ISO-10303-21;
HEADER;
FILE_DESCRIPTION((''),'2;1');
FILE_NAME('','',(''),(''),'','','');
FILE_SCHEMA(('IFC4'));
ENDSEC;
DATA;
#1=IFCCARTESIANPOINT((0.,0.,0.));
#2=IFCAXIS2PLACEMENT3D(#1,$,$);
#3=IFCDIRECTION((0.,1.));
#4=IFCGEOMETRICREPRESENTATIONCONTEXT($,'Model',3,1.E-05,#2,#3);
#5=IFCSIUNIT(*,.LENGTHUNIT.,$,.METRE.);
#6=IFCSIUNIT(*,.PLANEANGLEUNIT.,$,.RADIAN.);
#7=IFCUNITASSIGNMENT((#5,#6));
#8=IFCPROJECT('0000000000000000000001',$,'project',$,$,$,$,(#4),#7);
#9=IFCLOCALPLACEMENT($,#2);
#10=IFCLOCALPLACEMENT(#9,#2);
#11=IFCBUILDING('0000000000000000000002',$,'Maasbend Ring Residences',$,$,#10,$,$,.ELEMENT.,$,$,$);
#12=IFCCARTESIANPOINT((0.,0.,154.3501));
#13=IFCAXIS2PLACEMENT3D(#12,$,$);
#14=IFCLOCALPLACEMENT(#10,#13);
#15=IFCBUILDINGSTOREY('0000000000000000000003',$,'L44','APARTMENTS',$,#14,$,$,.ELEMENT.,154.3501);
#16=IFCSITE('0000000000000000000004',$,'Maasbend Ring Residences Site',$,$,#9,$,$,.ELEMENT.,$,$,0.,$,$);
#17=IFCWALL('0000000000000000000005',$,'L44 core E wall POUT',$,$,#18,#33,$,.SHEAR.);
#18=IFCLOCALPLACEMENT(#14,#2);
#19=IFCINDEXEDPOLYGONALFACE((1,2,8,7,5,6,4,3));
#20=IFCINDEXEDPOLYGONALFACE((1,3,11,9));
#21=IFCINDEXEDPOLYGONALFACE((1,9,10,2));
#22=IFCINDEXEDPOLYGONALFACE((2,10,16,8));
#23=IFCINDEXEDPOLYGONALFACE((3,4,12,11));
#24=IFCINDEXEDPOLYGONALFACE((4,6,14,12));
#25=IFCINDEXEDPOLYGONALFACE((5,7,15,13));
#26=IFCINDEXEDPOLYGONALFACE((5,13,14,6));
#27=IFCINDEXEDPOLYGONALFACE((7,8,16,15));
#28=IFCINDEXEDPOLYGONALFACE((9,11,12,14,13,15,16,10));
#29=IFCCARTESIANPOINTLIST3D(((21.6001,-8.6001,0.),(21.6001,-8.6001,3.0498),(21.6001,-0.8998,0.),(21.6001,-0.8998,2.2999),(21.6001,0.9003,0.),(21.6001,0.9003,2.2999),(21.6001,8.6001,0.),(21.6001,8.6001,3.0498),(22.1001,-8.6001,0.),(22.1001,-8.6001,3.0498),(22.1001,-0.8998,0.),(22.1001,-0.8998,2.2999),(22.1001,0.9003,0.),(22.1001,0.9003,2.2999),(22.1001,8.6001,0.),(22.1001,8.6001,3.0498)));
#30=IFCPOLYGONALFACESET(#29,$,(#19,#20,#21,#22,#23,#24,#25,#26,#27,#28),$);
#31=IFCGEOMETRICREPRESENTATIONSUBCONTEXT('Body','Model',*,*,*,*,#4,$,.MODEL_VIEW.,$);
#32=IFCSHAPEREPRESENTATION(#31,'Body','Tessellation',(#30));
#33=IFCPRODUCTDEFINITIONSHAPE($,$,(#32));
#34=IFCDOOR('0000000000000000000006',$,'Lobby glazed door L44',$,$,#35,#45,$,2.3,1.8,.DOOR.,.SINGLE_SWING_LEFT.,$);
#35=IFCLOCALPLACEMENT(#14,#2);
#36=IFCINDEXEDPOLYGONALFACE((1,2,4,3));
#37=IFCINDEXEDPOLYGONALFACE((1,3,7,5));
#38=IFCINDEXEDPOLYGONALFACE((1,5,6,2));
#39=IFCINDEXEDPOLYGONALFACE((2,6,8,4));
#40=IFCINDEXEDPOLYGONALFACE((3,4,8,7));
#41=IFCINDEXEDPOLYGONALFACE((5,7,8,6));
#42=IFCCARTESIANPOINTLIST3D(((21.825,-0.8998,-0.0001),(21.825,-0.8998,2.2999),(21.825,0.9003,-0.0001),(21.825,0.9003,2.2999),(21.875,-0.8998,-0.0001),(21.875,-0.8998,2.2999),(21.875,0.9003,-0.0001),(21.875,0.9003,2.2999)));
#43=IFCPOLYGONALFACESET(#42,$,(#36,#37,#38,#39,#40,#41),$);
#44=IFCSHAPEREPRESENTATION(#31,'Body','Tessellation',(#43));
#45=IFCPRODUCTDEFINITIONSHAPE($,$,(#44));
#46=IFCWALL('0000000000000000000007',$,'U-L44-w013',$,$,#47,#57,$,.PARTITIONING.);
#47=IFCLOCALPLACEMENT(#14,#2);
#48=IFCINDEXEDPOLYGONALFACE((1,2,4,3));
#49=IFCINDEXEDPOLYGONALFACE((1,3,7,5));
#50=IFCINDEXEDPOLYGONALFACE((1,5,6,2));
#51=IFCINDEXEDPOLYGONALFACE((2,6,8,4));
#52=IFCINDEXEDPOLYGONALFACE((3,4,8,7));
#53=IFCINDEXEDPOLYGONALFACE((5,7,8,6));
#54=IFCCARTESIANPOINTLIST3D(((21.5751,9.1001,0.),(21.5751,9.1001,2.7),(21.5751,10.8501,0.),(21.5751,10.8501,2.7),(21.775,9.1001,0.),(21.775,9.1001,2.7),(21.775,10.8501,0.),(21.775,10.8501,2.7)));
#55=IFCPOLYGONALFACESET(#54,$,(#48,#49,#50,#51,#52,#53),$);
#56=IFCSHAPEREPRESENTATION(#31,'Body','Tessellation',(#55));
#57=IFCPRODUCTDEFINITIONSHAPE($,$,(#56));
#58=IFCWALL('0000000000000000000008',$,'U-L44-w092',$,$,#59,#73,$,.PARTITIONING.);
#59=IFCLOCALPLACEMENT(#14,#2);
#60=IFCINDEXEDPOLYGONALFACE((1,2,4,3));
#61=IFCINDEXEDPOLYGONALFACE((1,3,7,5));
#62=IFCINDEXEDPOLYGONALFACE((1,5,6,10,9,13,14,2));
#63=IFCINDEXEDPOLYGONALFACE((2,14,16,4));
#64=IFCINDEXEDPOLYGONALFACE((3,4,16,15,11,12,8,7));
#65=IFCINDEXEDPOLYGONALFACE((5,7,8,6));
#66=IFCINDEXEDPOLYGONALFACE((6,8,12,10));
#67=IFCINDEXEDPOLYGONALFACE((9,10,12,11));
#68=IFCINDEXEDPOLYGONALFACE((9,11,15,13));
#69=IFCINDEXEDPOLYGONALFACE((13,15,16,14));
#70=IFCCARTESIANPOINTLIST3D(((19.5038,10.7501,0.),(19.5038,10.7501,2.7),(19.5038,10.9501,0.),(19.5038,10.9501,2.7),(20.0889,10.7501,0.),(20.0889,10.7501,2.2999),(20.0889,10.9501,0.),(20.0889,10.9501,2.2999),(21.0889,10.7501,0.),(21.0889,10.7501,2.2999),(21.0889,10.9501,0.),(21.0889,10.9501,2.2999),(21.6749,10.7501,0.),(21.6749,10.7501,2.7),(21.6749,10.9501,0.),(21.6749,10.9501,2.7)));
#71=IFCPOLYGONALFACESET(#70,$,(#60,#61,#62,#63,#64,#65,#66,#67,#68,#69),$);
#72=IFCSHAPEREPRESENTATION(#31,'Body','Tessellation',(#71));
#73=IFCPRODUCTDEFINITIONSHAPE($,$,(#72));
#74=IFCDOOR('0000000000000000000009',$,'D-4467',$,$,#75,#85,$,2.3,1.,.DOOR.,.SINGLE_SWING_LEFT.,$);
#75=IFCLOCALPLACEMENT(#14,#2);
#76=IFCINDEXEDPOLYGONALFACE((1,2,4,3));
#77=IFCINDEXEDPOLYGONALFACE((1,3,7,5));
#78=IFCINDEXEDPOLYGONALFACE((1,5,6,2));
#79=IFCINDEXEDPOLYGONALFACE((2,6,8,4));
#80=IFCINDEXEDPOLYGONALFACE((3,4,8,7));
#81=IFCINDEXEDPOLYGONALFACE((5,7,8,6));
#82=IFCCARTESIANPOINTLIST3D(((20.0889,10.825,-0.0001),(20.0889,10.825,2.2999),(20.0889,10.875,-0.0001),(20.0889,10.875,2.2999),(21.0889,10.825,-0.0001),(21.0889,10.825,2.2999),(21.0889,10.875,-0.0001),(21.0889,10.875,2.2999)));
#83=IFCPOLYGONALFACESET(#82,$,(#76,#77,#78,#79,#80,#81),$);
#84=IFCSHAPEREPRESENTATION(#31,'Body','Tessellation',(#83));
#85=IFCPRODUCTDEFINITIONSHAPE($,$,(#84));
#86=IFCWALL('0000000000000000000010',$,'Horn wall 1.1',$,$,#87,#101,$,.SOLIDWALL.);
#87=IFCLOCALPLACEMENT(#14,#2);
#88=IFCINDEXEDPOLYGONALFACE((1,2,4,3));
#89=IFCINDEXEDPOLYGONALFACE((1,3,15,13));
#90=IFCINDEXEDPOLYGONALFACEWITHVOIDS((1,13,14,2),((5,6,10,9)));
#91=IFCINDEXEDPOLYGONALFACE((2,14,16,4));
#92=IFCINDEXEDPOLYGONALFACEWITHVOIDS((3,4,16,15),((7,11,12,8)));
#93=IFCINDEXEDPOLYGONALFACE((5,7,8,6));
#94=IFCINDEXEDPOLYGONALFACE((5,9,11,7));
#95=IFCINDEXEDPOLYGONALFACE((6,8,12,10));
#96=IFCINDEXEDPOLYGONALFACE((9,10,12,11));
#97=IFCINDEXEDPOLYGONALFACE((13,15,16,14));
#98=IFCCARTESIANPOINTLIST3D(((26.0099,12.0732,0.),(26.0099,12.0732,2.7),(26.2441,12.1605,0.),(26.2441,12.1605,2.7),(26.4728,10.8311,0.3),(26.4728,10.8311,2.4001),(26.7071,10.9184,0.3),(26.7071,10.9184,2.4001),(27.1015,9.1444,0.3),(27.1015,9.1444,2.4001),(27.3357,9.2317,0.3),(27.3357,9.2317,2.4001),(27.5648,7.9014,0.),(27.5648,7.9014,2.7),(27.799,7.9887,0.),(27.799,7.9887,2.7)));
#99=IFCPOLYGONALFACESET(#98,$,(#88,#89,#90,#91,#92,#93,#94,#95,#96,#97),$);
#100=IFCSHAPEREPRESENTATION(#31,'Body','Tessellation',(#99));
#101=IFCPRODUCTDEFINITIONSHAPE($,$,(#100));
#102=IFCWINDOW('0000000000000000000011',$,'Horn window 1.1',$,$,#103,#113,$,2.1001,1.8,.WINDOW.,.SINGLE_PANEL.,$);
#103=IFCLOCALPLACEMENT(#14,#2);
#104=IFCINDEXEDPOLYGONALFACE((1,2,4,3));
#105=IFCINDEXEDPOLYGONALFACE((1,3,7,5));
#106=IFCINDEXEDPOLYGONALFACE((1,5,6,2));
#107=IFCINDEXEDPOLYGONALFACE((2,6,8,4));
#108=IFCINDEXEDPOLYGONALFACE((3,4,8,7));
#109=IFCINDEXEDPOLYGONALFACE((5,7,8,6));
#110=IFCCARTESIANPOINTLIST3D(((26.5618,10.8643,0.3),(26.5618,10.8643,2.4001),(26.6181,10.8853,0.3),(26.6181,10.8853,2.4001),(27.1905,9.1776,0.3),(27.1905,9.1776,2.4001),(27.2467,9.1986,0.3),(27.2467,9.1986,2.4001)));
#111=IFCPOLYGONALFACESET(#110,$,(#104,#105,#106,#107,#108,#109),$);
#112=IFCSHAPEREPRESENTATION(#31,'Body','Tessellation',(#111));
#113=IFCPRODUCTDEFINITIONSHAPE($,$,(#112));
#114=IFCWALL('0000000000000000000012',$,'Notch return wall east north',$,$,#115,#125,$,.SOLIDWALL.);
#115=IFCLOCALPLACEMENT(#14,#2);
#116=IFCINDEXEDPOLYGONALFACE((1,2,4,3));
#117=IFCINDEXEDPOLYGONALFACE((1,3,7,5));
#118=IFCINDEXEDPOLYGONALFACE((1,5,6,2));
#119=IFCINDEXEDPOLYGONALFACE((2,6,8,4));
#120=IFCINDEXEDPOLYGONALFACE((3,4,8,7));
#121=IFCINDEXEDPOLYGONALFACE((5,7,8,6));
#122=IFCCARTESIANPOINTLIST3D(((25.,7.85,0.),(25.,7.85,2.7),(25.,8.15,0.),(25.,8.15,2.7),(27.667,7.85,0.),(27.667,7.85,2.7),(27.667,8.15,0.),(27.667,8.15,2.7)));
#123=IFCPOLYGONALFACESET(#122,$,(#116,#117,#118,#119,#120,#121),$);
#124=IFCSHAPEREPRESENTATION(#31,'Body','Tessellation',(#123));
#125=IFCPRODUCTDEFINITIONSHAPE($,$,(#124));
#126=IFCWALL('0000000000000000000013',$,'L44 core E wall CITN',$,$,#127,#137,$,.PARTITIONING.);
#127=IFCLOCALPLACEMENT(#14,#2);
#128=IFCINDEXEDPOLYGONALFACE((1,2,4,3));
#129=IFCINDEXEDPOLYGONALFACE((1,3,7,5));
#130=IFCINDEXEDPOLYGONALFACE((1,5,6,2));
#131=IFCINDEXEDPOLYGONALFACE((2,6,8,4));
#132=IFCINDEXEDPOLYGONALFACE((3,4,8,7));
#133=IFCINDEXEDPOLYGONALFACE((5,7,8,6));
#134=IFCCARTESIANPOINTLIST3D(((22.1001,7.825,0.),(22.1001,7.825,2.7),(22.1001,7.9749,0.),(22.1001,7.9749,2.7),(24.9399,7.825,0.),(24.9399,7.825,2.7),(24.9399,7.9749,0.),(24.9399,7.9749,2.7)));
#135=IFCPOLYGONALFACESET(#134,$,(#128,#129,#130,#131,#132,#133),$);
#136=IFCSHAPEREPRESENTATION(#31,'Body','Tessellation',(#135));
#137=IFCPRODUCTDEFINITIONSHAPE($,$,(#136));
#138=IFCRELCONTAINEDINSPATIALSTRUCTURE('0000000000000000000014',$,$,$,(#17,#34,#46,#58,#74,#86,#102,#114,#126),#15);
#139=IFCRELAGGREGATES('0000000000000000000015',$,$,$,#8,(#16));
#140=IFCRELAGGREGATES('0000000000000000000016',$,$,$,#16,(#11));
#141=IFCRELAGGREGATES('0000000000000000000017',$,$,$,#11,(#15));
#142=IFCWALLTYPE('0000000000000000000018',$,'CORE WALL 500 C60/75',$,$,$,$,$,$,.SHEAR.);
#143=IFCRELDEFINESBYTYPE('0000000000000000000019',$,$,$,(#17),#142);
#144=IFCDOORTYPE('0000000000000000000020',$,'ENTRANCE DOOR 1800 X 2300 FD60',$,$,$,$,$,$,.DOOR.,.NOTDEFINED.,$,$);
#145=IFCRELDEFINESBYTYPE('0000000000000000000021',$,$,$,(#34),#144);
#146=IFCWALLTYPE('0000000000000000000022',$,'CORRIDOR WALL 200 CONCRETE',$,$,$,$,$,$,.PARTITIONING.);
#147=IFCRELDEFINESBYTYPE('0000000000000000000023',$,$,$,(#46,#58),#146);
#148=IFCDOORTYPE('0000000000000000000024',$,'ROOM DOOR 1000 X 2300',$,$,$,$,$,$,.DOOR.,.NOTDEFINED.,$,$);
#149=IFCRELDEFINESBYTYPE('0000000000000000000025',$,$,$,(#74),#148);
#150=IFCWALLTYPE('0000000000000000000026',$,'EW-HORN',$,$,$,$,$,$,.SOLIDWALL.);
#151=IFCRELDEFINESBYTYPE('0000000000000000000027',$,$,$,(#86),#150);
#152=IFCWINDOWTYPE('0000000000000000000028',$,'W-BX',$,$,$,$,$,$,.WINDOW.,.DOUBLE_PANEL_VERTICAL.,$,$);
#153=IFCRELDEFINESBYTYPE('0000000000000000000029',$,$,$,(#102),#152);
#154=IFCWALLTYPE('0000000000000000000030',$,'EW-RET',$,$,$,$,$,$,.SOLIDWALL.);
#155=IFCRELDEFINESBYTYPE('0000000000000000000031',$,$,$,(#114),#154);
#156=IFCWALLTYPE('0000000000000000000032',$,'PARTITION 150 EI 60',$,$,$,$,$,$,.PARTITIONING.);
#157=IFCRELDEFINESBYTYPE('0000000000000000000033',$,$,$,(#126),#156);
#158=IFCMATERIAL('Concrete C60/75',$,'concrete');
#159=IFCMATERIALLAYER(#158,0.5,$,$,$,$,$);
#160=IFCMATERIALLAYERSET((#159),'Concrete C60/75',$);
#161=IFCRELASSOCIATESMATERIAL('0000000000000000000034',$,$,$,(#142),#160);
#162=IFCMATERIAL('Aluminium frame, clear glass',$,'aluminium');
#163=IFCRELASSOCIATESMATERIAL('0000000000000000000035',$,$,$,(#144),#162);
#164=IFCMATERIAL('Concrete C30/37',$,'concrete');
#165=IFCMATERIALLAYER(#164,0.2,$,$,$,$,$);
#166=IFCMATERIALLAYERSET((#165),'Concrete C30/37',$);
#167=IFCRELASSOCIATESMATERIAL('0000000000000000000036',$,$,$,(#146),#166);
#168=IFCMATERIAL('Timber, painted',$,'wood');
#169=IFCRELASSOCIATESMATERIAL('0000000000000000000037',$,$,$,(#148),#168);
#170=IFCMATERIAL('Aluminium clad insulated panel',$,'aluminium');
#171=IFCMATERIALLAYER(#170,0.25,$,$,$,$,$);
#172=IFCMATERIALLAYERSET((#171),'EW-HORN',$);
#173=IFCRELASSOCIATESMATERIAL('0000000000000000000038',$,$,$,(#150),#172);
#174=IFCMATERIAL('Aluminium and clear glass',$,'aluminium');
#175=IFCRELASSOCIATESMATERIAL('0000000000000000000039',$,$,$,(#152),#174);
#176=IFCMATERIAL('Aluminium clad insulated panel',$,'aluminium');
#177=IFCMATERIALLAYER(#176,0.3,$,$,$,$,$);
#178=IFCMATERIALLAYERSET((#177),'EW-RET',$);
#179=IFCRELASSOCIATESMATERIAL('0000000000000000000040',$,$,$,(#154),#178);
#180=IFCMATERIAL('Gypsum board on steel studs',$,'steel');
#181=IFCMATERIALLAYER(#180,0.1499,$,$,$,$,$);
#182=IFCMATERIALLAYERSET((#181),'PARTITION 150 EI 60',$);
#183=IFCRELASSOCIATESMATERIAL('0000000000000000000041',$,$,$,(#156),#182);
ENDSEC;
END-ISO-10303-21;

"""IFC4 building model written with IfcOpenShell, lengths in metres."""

from ifc_helpers import new_model, si_unit, direction, frame, frame_2d, origin, place, context, subcontext, project, spatial, rectangle, extrude, material, layer, layer_set, type_object, element, fill, save


model = new_model("IFC4")

# Units and contexts
model_context = context("Model", 3, precision=1e-05, world=origin(), true_north=direction((0.0, 1.0)))
body_context = subcontext(model_context, "Body", "Model", "MODEL_VIEW")
ifc_project = project(units=[si_unit("LENGTHUNIT", "METRE"), si_unit("PLANEANGLEUNIT", "RADIAN")], contexts=[model_context])

# Site, building, storey
site_placement = place(None, origin())
site = spatial("IfcSite", under=ifc_project, at=site_placement, Name="Maasbend Ring Residences Site", CompositionType="ELEMENT", RefElevation=0.0)
building_placement = place(site_placement, origin())
building = spatial("IfcBuilding", under=site, at=building_placement, Name="Maasbend Ring Residences", CompositionType="ELEMENT")
storey_placement = place(building_placement, frame((0.0, 0.0, 154.3501)))
storey = spatial("IfcBuildingStorey", under=building, at=storey_placement, Name="L44", Description="APARTMENTS", CompositionType="ELEMENT", Elevation=154.3501)

# Wall, opening, door
ifc_material_1 = material(Name="Concrete C60/75", Category="concrete")
ifc_layer_1 = layer(ifc_material_1, 0.5)
ifc_layer_set_1 = layer_set([ifc_layer_1], Name="Concrete C60/75")
wall_type_1 = type_object("IfcWallType", Name="CORE WALL 500 C60/75", PredefinedType="SHEAR", material=ifc_layer_set_1)
wall_1_placement = place(storey_placement, frame((21.8501, 8.6001, 0.0), z_axis=(0.0, 0.0, 1.0), x_axis=(0.0, -1.0, 0.0)))
wall_1 = element("IfcWall", 1, at=wall_1_placement, inside=storey, type_object=wall_type_1, Name="L44 core E wall POUT", PredefinedType="SHEAR", context=body_context, shape_type="SweptSolid", body=[
    extrude(rectangle(XDim=17.2002, YDim=0.5, at=frame_2d((8.6001, 0.0))), origin(), (0.0, 0.0, 1.0), 3.0498),
])
opening_1_placement = place(wall_1_placement, frame((7.7, 0.0, 0.0)))
opening_1 = element("IfcOpeningElement", 2, at=opening_1_placement, cuts=wall_1, PredefinedType="OPENING", context=body_context, shape_type="SweptSolid", body=[
    extrude(rectangle(XDim=1.8, YDim=2.3, at=frame_2d((0.8999, 1.1499))), frame((0.0, 0.26, 0.0), z_axis=(0.0, -1.0, 0.0), x_axis=(1.0, 0.0, 0.0)), (0.0, 0.0, 1.0), 0.52),
])
ifc_material_2 = material(Name="Aluminium frame, clear glass", Category="aluminium")
door_type_1 = type_object("IfcDoorType", Name="ENTRANCE DOOR 1800 X 2300 FD60", OperationType="NOTDEFINED", PredefinedType="DOOR", material=ifc_material_2)
door_1_placement = place(opening_1_placement, origin())
door_1 = element("IfcDoor", 3, at=door_1_placement, inside=storey, type_object=door_type_1, Name="Lobby glazed door L44", OperationType="SINGLE_SWING_LEFT", OverallHeight=2.3, OverallWidth=1.8, PredefinedType="DOOR", context=body_context, shape_type="SweptSolid", body=[
    extrude(rectangle(XDim=1.8, YDim=2.3, at=frame_2d((0.8999, 1.1499))), frame((0.0, 0.0249, 0.0), z_axis=(0.0, -1.0, 0.0), x_axis=(1.0, 0.0, 0.0)), (0.0, 0.0, 1.0), 0.05),
])
fill(opening_1, door_1)

# Wall
ifc_material_3 = material(Name="Concrete C30/37", Category="concrete")
ifc_layer_2 = layer(ifc_material_3, 0.2)
ifc_layer_set_2 = layer_set([ifc_layer_2], Name="Concrete C30/37")
wall_type_2 = type_object("IfcWallType", Name="CORRIDOR WALL 200 CONCRETE", PredefinedType="PARTITIONING", material=ifc_layer_set_2)
wall_2_placement = place(storey_placement, frame((21.675, 9.1001, 0.0), z_axis=(0.0, 0.0, 1.0), x_axis=(0.0, 1.0, 0.0)))
element("IfcWall", 4, at=wall_2_placement, inside=storey, type_object=wall_type_2, Name="U-L44-w013", PredefinedType="PARTITIONING", context=body_context, shape_type="SweptSolid", body=[
    extrude(rectangle(XDim=1.75, YDim=0.2, at=frame_2d((0.875, 0.0))), origin(), (0.0, 0.0, 1.0), 2.7),
])

# Wall, opening, door
wall_3_placement = place(storey_placement, frame((19.5039, 10.8501, 0.0), z_axis=(0.0, 0.0, 1.0), x_axis=(1.0, 0.0, 0.0)))
wall_3 = element("IfcWall", 5, at=wall_3_placement, inside=storey, type_object=wall_type_2, Name="U-L44-w092", PredefinedType="PARTITIONING", context=body_context, shape_type="SweptSolid", body=[
    extrude(rectangle(XDim=2.1711, YDim=0.2, at=frame_2d((1.0854, 0.0))), origin(), (0.0, 0.0, 1.0), 2.7),
])
opening_2_placement = place(wall_3_placement, frame((0.585, 0.0, 0.0)))
opening_2 = element("IfcOpeningElement", 6, at=opening_2_placement, cuts=wall_3, PredefinedType="OPENING", context=body_context, shape_type="SweptSolid", body=[
    extrude(rectangle(XDim=1.0, YDim=2.3, at=frame_2d((0.5, 1.1499))), frame((0.0, 0.1099, 0.0), z_axis=(0.0, -1.0, 0.0), x_axis=(1.0, 0.0, 0.0)), (0.0, 0.0, 1.0), 0.22),
])
ifc_material_4 = material(Name="Timber, painted", Category="wood")
door_type_2 = type_object("IfcDoorType", Name="ROOM DOOR 1000 X 2300", OperationType="NOTDEFINED", PredefinedType="DOOR", material=ifc_material_4)
door_2_placement = place(opening_2_placement, origin())
door_2 = element("IfcDoor", 7, at=door_2_placement, inside=storey, type_object=door_type_2, Name="D-4467", OperationType="SINGLE_SWING_LEFT", OverallHeight=2.3, OverallWidth=1.0, PredefinedType="DOOR", context=body_context, shape_type="SweptSolid", body=[
    extrude(rectangle(XDim=1.0, YDim=2.3, at=frame_2d((0.5, 1.1499))), frame((0.0, 0.0249, 0.0), z_axis=(0.0, -1.0, 0.0), x_axis=(1.0, 0.0, 0.0)), (0.0, 0.0, 1.0), 0.05),
])
fill(opening_2, door_2)

# Wall, opening, window
ifc_material_5 = material(Name="Aluminium clad insulated panel", Category="aluminium")
ifc_layer_3 = layer(ifc_material_5, 0.25)
ifc_layer_set_3 = layer_set([ifc_layer_3], Name="EW-HORN")
wall_type_3 = type_object("IfcWallType", Name="EW-HORN", PredefinedType="SOLIDWALL", material=ifc_layer_set_3)
wall_4_placement = place(storey_placement, frame((27.6819, 7.9451, 0.0), z_axis=(0.0, 0.0, 1.0), x_axis=(-0.349248, 0.93703, 0.0)))
wall_4 = element("IfcWall", 8, at=wall_4_placement, inside=storey, type_object=wall_type_3, Name="Horn wall 1.1", PredefinedType="SOLIDWALL", context=body_context, shape_type="SweptSolid", body=[
    extrude(rectangle(XDim=4.4521, YDim=0.25, at=frame_2d((2.2261, 0.0))), origin(), (0.0, 0.0, 1.0), 2.7),
])
opening_3_placement = place(wall_4_placement, frame((1.3267, 0.0, 0.3)))
opening_3 = element("IfcOpeningElement", 9, at=opening_3_placement, cuts=wall_4, PredefinedType="OPENING", context=body_context, shape_type="SweptSolid", body=[
    extrude(rectangle(XDim=1.8, YDim=2.1001, at=frame_2d((0.8999, 1.05))), frame((0.0, 0.135, 0.0), z_axis=(0.0, -1.0, 0.0), x_axis=(1.0, 0.0, 0.0)), (0.0, 0.0, 1.0), 0.27),
])
ifc_material_6 = material(Name="Aluminium and clear glass", Category="aluminium")
window_type = type_object("IfcWindowType", Name="W-BX", PartitioningType="DOUBLE_PANEL_VERTICAL", PredefinedType="WINDOW", material=ifc_material_6)
window_placement = place(opening_3_placement, origin())
window = element("IfcWindow", 10, at=window_placement, inside=storey, type_object=window_type, Name="Horn window 1.1", OverallHeight=2.1001, OverallWidth=1.8, PartitioningType="SINGLE_PANEL", PredefinedType="WINDOW", context=body_context, shape_type="SweptSolid", body=[
    extrude(rectangle(XDim=1.8, YDim=2.1001, at=frame_2d((0.8999, 1.05))), frame((0.0, 0.03, 0.0), z_axis=(0.0, -1.0, 0.0), x_axis=(1.0, 0.0, 0.0)), (0.0, 0.0, 1.0), 0.0601),
])
fill(opening_3, window)

# Walls
ifc_material_7 = material(Name="Aluminium clad insulated panel", Category="aluminium")
ifc_layer_4 = layer(ifc_material_7, 0.3)
ifc_layer_set_4 = layer_set([ifc_layer_4], Name="EW-RET")
wall_type_4 = type_object("IfcWallType", Name="EW-RET", PredefinedType="SOLIDWALL", material=ifc_layer_set_4)
wall_5_placement = place(storey_placement, frame((25.0, 8.0, 0.0), z_axis=(0.0, 0.0, 1.0), x_axis=(1.0, 0.0, 0.0)))
element("IfcWall", 11, at=wall_5_placement, inside=storey, type_object=wall_type_4, Name="Notch return wall east north", PredefinedType="SOLIDWALL", context=body_context, shape_type="SweptSolid", body=[
    extrude(rectangle(XDim=2.667, YDim=0.3, at=frame_2d((1.3335, 0.0))), origin(), (0.0, 0.0, 1.0), 2.7),
])
ifc_material_8 = material(Name="Gypsum board on steel studs", Category="steel")
ifc_layer_5 = layer(ifc_material_8, 0.1499)
ifc_layer_set_5 = layer_set([ifc_layer_5], Name="PARTITION 150 EI 60")
wall_type_5 = type_object("IfcWallType", Name="PARTITION 150 EI 60", PredefinedType="PARTITIONING", material=ifc_layer_set_5)
wall_6_placement = place(storey_placement, frame((22.1001, 7.8999, 0.0), z_axis=(0.0, 0.0, 1.0), x_axis=(1.0, 0.0, 0.0)))
element("IfcWall", 12, at=wall_6_placement, inside=storey, type_object=wall_type_5, Name="L44 core E wall CITN", PredefinedType="PARTITIONING", context=body_context, shape_type="SweptSolid", body=[
    extrude(rectangle(XDim=2.8398, YDim=0.1499, at=frame_2d((1.4199, 0.0))), origin(), (0.0, 0.0, 1.0), 2.7),
])

save(model, "model.ifc")
